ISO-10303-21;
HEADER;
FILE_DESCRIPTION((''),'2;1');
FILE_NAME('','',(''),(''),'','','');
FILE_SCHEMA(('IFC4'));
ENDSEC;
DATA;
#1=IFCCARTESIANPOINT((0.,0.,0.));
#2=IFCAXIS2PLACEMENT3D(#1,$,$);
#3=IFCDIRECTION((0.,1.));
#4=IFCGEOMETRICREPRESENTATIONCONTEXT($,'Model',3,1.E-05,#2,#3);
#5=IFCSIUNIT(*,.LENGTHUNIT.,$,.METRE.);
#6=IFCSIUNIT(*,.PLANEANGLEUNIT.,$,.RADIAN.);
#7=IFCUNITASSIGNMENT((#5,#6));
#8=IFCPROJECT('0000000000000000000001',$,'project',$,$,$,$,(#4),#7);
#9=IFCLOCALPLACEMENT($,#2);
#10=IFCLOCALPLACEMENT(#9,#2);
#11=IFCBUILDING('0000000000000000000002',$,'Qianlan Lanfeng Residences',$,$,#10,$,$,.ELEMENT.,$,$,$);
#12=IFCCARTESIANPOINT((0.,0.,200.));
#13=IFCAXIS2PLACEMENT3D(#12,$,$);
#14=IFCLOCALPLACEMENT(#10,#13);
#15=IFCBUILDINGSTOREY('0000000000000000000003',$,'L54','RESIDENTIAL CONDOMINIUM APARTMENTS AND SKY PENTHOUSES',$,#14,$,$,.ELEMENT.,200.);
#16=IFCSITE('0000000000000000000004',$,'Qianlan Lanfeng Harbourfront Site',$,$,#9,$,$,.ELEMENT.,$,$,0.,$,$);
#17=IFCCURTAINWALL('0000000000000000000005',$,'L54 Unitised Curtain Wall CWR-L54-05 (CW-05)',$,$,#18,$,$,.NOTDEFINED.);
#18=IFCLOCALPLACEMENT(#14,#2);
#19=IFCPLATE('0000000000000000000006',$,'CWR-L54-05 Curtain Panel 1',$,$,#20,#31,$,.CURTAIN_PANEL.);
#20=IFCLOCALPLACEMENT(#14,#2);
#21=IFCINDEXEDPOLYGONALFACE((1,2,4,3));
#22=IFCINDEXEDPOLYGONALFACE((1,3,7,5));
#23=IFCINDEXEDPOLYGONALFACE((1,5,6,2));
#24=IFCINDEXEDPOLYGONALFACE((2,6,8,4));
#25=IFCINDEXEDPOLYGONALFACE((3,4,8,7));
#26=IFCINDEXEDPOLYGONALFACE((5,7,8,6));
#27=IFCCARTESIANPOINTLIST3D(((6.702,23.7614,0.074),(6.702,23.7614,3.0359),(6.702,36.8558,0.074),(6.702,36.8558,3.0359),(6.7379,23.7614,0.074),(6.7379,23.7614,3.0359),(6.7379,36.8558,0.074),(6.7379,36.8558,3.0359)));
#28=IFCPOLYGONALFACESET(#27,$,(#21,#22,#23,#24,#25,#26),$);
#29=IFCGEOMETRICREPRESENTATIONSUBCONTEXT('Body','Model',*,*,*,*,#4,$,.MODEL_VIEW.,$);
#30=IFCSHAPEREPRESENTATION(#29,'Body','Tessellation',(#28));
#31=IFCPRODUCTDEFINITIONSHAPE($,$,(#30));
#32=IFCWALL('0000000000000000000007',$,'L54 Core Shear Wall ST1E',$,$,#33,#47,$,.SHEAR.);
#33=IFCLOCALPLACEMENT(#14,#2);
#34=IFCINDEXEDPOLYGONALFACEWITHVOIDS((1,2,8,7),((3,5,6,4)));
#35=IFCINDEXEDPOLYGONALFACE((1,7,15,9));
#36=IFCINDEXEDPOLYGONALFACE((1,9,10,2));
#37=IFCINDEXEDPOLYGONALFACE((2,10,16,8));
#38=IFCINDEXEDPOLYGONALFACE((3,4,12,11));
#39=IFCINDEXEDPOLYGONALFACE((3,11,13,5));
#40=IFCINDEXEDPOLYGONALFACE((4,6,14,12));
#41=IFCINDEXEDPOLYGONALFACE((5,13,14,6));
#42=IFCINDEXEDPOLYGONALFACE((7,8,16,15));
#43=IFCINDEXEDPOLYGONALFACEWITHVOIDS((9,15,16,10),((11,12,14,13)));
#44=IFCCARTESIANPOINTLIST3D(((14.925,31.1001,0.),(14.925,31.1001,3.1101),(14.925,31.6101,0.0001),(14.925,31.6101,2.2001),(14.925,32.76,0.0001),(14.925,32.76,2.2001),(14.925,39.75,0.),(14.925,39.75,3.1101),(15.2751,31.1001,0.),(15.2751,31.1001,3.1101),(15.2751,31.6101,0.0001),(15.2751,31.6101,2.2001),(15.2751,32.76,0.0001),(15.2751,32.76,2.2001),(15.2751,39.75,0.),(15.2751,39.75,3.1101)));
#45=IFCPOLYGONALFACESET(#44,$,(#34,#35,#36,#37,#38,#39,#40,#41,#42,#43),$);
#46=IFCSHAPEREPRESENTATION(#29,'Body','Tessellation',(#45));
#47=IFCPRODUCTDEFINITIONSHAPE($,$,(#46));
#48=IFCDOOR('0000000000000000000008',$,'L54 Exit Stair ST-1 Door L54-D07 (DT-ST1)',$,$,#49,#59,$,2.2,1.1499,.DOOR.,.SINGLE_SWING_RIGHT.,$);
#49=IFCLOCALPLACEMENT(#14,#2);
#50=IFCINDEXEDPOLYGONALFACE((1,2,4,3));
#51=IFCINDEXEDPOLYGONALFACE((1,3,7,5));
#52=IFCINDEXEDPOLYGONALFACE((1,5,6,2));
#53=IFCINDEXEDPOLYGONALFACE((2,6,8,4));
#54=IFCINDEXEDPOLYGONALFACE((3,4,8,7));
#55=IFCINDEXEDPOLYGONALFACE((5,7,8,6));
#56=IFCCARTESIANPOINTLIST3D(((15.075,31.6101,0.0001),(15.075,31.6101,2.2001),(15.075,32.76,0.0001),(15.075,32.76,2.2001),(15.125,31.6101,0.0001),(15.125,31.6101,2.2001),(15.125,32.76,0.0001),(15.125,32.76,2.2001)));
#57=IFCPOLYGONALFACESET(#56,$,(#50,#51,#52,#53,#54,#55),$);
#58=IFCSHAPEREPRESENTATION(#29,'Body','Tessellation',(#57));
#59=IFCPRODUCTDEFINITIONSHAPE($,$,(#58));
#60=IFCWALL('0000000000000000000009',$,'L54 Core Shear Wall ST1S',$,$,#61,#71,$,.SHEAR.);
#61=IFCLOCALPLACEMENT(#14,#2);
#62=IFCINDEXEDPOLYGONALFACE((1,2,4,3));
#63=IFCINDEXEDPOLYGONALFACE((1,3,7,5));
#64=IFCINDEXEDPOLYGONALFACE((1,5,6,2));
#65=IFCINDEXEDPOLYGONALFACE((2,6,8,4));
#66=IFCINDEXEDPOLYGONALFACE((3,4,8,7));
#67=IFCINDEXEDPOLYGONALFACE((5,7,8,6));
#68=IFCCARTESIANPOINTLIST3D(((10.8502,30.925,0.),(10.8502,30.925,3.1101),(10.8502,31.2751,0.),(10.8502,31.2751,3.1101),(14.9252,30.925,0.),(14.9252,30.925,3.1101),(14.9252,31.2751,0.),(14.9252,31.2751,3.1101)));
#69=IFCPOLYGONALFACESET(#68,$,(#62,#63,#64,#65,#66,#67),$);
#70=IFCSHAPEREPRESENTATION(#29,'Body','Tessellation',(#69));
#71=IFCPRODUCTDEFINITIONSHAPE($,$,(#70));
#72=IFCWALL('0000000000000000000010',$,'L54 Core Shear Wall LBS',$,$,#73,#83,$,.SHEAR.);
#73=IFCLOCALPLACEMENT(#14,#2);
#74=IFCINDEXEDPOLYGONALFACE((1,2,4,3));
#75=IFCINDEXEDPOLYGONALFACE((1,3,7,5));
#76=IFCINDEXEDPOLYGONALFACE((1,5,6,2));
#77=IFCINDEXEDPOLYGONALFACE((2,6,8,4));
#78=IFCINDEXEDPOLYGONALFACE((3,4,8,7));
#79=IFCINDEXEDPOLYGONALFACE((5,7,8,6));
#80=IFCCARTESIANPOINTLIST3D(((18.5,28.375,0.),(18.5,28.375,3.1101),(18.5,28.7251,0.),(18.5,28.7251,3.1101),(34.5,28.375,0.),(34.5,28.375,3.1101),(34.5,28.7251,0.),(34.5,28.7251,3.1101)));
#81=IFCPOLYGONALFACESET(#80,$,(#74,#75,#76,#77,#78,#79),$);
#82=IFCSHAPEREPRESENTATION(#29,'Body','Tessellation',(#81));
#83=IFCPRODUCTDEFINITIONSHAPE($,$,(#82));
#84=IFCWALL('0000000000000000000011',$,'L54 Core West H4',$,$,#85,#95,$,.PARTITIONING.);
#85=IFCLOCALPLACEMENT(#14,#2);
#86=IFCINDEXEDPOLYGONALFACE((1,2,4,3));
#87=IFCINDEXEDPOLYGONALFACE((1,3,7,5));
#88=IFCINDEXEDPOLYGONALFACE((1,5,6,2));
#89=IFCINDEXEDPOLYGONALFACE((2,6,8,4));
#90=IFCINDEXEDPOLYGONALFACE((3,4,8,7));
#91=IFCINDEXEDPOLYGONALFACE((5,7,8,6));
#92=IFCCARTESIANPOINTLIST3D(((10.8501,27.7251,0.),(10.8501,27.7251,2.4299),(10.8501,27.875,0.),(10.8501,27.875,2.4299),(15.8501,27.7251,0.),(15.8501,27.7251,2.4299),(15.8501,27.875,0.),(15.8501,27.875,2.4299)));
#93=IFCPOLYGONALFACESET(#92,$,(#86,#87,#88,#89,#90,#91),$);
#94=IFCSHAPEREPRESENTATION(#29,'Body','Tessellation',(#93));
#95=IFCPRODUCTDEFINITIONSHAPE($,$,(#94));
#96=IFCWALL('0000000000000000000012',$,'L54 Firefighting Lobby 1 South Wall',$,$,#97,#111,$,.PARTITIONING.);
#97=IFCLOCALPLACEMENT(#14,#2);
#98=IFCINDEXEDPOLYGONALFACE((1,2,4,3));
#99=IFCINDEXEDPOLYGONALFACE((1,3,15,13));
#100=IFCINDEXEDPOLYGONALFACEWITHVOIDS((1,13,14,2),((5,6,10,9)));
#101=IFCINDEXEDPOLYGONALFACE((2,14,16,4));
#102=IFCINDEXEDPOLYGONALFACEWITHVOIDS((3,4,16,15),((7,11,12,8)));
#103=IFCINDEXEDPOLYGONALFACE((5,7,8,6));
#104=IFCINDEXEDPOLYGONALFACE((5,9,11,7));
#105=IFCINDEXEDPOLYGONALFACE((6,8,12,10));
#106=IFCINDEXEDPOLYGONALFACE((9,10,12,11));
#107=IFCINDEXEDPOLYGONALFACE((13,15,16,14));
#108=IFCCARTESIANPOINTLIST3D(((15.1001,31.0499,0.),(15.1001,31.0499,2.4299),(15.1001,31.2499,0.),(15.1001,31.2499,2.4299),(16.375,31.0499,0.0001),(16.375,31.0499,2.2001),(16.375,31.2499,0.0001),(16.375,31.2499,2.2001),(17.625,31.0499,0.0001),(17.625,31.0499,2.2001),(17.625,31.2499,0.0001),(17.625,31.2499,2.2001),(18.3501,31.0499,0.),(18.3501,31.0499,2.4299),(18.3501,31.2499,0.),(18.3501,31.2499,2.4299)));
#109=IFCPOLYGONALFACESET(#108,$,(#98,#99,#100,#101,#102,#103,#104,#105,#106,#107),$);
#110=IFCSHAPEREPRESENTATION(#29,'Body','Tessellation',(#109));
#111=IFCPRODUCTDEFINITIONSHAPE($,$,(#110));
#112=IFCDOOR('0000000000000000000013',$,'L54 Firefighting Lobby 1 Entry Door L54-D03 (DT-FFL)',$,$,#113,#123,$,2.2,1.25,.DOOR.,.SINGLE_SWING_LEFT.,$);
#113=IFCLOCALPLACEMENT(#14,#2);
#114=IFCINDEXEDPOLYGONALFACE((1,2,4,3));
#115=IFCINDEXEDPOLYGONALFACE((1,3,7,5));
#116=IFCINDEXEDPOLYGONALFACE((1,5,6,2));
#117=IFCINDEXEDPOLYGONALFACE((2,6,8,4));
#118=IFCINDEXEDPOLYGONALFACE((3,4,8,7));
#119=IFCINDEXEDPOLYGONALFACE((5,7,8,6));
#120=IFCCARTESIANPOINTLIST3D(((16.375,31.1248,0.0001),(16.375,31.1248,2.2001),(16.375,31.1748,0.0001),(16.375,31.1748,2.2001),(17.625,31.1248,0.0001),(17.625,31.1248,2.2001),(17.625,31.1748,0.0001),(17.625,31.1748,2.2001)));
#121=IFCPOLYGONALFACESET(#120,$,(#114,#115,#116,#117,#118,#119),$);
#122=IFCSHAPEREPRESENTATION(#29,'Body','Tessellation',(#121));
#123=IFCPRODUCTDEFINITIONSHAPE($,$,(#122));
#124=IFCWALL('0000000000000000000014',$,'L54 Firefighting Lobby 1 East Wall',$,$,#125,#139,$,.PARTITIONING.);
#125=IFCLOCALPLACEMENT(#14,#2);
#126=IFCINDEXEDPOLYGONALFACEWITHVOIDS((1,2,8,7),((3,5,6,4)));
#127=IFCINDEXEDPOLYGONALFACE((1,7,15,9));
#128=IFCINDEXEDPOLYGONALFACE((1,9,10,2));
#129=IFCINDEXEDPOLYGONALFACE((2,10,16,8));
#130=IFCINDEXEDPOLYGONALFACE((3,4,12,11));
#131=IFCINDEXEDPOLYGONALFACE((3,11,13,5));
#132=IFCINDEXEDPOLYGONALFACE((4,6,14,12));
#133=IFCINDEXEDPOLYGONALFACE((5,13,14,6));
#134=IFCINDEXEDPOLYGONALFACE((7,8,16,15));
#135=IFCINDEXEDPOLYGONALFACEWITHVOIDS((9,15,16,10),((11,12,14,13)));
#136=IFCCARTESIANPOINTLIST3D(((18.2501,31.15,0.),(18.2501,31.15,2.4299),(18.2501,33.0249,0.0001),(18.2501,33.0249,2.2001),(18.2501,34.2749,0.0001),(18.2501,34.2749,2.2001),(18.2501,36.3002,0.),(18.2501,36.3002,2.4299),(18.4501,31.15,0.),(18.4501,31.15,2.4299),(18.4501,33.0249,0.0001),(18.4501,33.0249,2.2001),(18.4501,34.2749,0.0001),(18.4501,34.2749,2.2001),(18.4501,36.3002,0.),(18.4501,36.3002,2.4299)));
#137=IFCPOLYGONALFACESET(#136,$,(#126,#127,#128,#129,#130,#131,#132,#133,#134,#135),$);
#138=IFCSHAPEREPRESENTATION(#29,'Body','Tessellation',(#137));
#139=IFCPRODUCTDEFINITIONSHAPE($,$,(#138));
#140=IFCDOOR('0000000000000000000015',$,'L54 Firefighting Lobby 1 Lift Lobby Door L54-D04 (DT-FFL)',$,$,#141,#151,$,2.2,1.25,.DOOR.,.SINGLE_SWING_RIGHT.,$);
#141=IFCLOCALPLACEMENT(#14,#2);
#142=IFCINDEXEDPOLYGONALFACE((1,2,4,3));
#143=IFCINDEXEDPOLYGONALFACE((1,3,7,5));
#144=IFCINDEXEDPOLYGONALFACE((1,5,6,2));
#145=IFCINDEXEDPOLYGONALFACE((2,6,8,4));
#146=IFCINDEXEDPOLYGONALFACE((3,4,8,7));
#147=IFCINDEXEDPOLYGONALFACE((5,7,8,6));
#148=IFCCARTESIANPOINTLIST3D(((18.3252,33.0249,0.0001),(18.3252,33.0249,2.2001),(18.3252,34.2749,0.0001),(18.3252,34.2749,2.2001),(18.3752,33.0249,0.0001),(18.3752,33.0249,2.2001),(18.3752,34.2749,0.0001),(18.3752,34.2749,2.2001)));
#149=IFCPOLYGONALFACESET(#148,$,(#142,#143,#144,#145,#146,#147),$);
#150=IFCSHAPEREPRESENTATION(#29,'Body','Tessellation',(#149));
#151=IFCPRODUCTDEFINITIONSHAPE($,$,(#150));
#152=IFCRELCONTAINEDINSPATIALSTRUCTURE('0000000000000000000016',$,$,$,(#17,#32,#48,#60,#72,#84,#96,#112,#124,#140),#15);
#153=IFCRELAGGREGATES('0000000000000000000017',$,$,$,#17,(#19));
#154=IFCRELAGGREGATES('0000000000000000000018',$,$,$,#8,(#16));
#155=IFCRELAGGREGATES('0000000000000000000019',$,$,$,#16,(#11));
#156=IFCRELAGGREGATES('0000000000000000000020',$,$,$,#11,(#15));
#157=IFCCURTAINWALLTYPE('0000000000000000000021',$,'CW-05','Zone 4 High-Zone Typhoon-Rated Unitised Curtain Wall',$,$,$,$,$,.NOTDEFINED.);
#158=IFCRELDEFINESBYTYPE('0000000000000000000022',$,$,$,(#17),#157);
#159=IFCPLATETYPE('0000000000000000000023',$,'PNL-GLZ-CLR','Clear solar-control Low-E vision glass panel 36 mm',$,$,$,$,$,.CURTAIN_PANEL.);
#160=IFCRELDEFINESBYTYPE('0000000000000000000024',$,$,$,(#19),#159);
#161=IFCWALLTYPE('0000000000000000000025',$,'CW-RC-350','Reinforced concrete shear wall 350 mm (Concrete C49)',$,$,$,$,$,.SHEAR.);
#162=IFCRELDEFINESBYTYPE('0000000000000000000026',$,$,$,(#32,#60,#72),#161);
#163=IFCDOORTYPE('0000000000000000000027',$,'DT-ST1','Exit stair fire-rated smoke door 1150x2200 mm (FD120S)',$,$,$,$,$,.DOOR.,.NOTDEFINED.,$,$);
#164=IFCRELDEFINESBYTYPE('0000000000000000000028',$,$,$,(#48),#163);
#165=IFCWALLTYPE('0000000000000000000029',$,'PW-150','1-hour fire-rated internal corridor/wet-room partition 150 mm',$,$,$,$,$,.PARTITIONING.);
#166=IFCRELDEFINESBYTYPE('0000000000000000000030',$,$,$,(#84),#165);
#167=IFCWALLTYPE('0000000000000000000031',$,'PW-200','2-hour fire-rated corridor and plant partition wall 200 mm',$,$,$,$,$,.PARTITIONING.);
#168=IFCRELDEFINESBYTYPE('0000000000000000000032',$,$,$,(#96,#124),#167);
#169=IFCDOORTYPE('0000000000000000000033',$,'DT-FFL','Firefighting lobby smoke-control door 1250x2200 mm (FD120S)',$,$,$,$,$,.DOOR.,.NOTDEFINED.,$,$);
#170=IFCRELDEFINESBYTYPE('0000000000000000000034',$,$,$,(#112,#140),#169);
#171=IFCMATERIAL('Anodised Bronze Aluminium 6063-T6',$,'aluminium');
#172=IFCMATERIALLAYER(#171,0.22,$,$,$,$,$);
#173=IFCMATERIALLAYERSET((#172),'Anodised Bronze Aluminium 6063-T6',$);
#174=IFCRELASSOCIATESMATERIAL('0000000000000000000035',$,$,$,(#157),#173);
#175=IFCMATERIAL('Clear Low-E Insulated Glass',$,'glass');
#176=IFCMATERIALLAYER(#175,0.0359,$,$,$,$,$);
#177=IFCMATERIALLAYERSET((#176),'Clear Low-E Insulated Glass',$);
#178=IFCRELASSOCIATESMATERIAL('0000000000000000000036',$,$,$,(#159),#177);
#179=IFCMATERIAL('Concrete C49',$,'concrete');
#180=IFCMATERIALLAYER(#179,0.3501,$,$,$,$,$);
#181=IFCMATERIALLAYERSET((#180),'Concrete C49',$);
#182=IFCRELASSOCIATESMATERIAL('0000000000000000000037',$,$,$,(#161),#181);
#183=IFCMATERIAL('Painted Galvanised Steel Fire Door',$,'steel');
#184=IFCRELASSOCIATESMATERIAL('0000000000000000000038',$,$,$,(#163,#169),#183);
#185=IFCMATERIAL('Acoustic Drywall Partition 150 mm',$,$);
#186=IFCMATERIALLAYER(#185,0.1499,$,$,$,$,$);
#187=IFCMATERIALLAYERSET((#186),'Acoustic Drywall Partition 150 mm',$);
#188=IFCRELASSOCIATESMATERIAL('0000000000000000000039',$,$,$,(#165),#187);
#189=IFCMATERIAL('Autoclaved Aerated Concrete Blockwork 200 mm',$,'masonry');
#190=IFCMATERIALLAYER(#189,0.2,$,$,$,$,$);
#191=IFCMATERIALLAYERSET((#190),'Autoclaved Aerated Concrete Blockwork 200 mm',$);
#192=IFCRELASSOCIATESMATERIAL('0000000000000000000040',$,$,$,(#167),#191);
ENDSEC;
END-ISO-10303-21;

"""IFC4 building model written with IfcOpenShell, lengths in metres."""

from ifc_helpers import new_model, si_unit, direction, frame, frame_2d, origin, origin_2d, place, context, subcontext, project, spatial, rectangle, extrude, source, transform, mapped, material, layer, layer_set, type_object, element, fill, aggregate, save


model = new_model("IFC4")

# Units and contexts
model_context = context("Model", 3, precision=1e-05, world=origin(), true_north=direction((0.0, 1.0)))
body_context = subcontext(model_context, "Body", "Model", "MODEL_VIEW")
ifc_project = project(units=[si_unit("LENGTHUNIT", "METRE"), si_unit("PLANEANGLEUNIT", "RADIAN")], contexts=[model_context])

# Site, building, storey
site_placement = place(None, origin())
site = spatial("IfcSite", under=ifc_project, at=site_placement, Name="Qianlan Lanfeng Harbourfront Site", CompositionType="ELEMENT", RefElevation=0.0)
building_placement = place(site_placement, origin())
building = spatial("IfcBuilding", under=site, at=building_placement, Name="Qianlan Lanfeng Residences", CompositionType="ELEMENT")
storey_placement = place(building_placement, frame((0.0, 0.0, 200.0)))
storey = spatial("IfcBuildingStorey", under=building, at=storey_placement, Name="L54", Description="RESIDENTIAL CONDOMINIUM APARTMENTS AND SKY PENTHOUSES", CompositionType="ELEMENT", Elevation=200.0)

# Curtain wall, plate
ifc_material_1 = material(Name="Anodised Bronze Aluminium 6063-T6", Category="aluminium")
ifc_layer_1 = layer(ifc_material_1, 0.22)
ifc_layer_set_1 = layer_set([ifc_layer_1], Name="Anodised Bronze Aluminium 6063-T6")
curtain_wall_type = type_object("IfcCurtainWallType", Name="CW-05", Description="Zone 4 High-Zone Typhoon-Rated Unitised Curtain Wall", PredefinedType="NOTDEFINED", material=ifc_layer_set_1)
curtain_wall_placement = place(storey_placement, origin())
curtain_wall = element("IfcCurtainWall", 1, at=curtain_wall_placement, inside=storey, type_object=curtain_wall_type, Name="L54 Unitised Curtain Wall CWR-L54-05 (CW-05)", PredefinedType="NOTDEFINED")
ifc_material_2 = material(Name="Clear Low-E Insulated Glass", Category="glass")
ifc_layer_2 = layer(ifc_material_2, 0.0359)
ifc_layer_set_2 = layer_set([ifc_layer_2], Name="Clear Low-E Insulated Glass")
plate_type = type_object("IfcPlateType", Name="PNL-GLZ-CLR", Description="Clear solar-control Low-E vision glass panel 36 mm", PredefinedType="CURTAIN_PANEL", material=ifc_layer_set_2)
shared_shape_1 = source(origin(), body_context, "Body", "SweptSolid", [
    extrude(rectangle(XDim=13.0945, YDim=0.0359, at=origin_2d()), origin(), (0.0, 0.0, 1.0), 2.9619),
])
plate_placement = place(storey_placement, frame((6.72, 30.3086, 0.074), z_axis=(0.0, 0.0, 1.0), x_axis=(0.0, -1.0, 0.0)))
plate = element("IfcPlate", 2, at=plate_placement, type_object=plate_type, Name="CWR-L54-05 Curtain Panel 1", PredefinedType="CURTAIN_PANEL", context=body_context, shape_type="MappedRepresentation", body=[
    mapped(shared_shape_1, transform((0.0, 0.0, 0.0), scale=1.0)),
])
aggregate(curtain_wall, [plate])

# Wall, opening, door
ifc_material_3 = material(Name="Concrete C49", Category="concrete")
ifc_layer_3 = layer(ifc_material_3, 0.3501)
ifc_layer_set_3 = layer_set([ifc_layer_3], Name="Concrete C49")
wall_type_1 = type_object("IfcWallType", Name="CW-RC-350", Description="Reinforced concrete shear wall 350 mm (Concrete C49)", PredefinedType="SHEAR", material=ifc_layer_set_3)
wall_1_placement = place(storey_placement, frame((15.1001, 31.1001, 0.0), z_axis=(0.0, 0.0, 1.0), x_axis=(0.0, 1.0, 0.0)))
wall_1 = element("IfcWall", 3, at=wall_1_placement, inside=storey, type_object=wall_type_1, Name="L54 Core Shear Wall ST1E", PredefinedType="SHEAR", context=body_context, shape_type="SweptSolid", body=[
    extrude(rectangle(XDim=8.6499, YDim=0.3501, at=frame_2d((4.325, 0.0))), origin(), (0.0, 0.0, 1.0), 3.1101),
])
opening_1_placement = place(wall_1_placement, frame((0.51, 0.0, 0.0)))
opening_1 = element("IfcOpeningElement", 4, at=opening_1_placement, cuts=wall_1, PredefinedType="OPENING", context=body_context, shape_type="SweptSolid", body=[
    extrude(rectangle(XDim=1.1499, YDim=2.2, at=frame_2d((0.575, 1.1001))), frame((0.0, 0.1851, 0.0), z_axis=(0.0, -1.0, 0.0), x_axis=(1.0, 0.0, 0.0)), (0.0, 0.0, 1.0), 0.3701),
])
ifc_material_4 = material(Name="Painted Galvanised Steel Fire Door", Category="steel")
door_type_1 = type_object("IfcDoorType", Name="DT-ST1", Description="Exit stair fire-rated smoke door 1150x2200 mm (FD120S)", OperationType="NOTDEFINED", PredefinedType="DOOR", material=ifc_material_4)
door_1_placement = place(opening_1_placement, frame((1.1499, 0.0, 0.0), z_axis=(0.0, 0.0, 1.0), x_axis=(-1.0, 0.0, 0.0)))
door_1 = element("IfcDoor", 5, at=door_1_placement, inside=storey, type_object=door_type_1, Name="L54 Exit Stair ST-1 Door L54-D07 (DT-ST1)", OperationType="SINGLE_SWING_RIGHT", OverallHeight=2.2, OverallWidth=1.1499, PredefinedType="DOOR", context=body_context, shape_type="SweptSolid", body=[
    extrude(rectangle(XDim=1.1499, YDim=2.2, at=frame_2d((0.575, 1.1001))), frame((0.0, 0.0249, 0.0), z_axis=(0.0, -1.0, 0.0), x_axis=(1.0, 0.0, 0.0)), (0.0, 0.0, 1.0), 0.05),
])
fill(opening_1, door_1)

# Walls
wall_2_placement = place(storey_placement, frame((10.8501, 31.1001, 0.0), z_axis=(0.0, 0.0, 1.0), x_axis=(1.0, 0.0, 0.0)))
element("IfcWall", 6, at=wall_2_placement, inside=storey, type_object=wall_type_1, Name="L54 Core Shear Wall ST1S", PredefinedType="SHEAR", context=body_context, shape_type="SweptSolid", body=[
    extrude(rectangle(XDim=4.075, YDim=0.3501, at=frame_2d((2.0376, 0.0))), origin(), (0.0, 0.0, 1.0), 3.1101),
])
wall_3_placement = place(storey_placement, frame((18.5, 28.55, 0.0), z_axis=(0.0, 0.0, 1.0), x_axis=(1.0, 0.0, 0.0)))
element("IfcWall", 7, at=wall_3_placement, inside=storey, type_object=wall_type_1, Name="L54 Core Shear Wall LBS", PredefinedType="SHEAR", context=body_context, shape_type="SweptSolid", body=[
    extrude(rectangle(XDim=16.0, YDim=0.3501, at=frame_2d((8.0, 0.0))), origin(), (0.0, 0.0, 1.0), 3.1101),
])
ifc_material_5 = material(Name="Acoustic Drywall Partition 150 mm")
ifc_layer_4 = layer(ifc_material_5, 0.1499)
ifc_layer_set_4 = layer_set([ifc_layer_4], Name="Acoustic Drywall Partition 150 mm")
wall_type_2 = type_object("IfcWallType", Name="PW-150", Description="1-hour fire-rated internal corridor/wet-room partition 150 mm", PredefinedType="PARTITIONING", material=ifc_layer_set_4)
wall_4_placement = place(storey_placement, frame((10.8501, 27.8, 0.0), z_axis=(0.0, 0.0, 1.0), x_axis=(1.0, 0.0, 0.0)))
element("IfcWall", 8, at=wall_4_placement, inside=storey, type_object=wall_type_2, Name="L54 Core West H4", PredefinedType="PARTITIONING", context=body_context, shape_type="SweptSolid", body=[
    extrude(rectangle(XDim=5.0, YDim=0.1499, at=frame_2d((2.5, 0.0))), origin(), (0.0, 0.0, 1.0), 2.4299),
])

# Walls, openings, doors
ifc_material_6 = material(Name="Autoclaved Aerated Concrete Blockwork 200 mm", Category="masonry")
ifc_layer_5 = layer(ifc_material_6, 0.2)
ifc_layer_set_5 = layer_set([ifc_layer_5], Name="Autoclaved Aerated Concrete Blockwork 200 mm")
wall_type_3 = type_object("IfcWallType", Name="PW-200", Description="2-hour fire-rated corridor and plant partition wall 200 mm", PredefinedType="PARTITIONING", material=ifc_layer_set_5)
wall_5_placement = place(storey_placement, frame((15.1001, 31.1499, 0.0), z_axis=(0.0, 0.0, 1.0), x_axis=(1.0, 0.0, 0.0)))
wall_5 = element("IfcWall", 9, at=wall_5_placement, inside=storey, type_object=wall_type_3, Name="L54 Firefighting Lobby 1 South Wall", PredefinedType="PARTITIONING", context=body_context, shape_type="SweptSolid", body=[
    extrude(rectangle(XDim=3.25, YDim=0.2, at=frame_2d((1.625, 0.0))), origin(), (0.0, 0.0, 1.0), 2.4299),
])
opening_2_placement = place(wall_5_placement, frame((1.2749, 0.0, 0.0)))
opening_2 = element("IfcOpeningElement", 10, at=opening_2_placement, cuts=wall_5, PredefinedType="OPENING", context=body_context, shape_type="SweptSolid", body=[
    extrude(rectangle(XDim=1.25, YDim=2.2, at=frame_2d((0.625, 1.1001))), frame((0.0, 0.1099, 0.0), z_axis=(0.0, -1.0, 0.0), x_axis=(1.0, 0.0, 0.0)), (0.0, 0.0, 1.0), 0.22),
])
door_type_2 = type_object("IfcDoorType", Name="DT-FFL", Description="Firefighting lobby smoke-control door 1250x2200 mm (FD120S)", OperationType="NOTDEFINED", PredefinedType="DOOR", material=ifc_material_4)
door_2_placement = place(opening_2_placement, origin())
door_2 = element("IfcDoor", 11, at=door_2_placement, inside=storey, type_object=door_type_2, Name="L54 Firefighting Lobby 1 Entry Door L54-D03 (DT-FFL)", OperationType="SINGLE_SWING_LEFT", OverallHeight=2.2, OverallWidth=1.25, PredefinedType="DOOR", context=body_context, shape_type="SweptSolid", body=[
    extrude(rectangle(XDim=1.25, YDim=2.2, at=frame_2d((0.625, 1.1001))), frame((0.0, 0.0249, 0.0), z_axis=(0.0, -1.0, 0.0), x_axis=(1.0, 0.0, 0.0)), (0.0, 0.0, 1.0), 0.05),
])
fill(opening_2, door_2)
wall_6_placement = place(storey_placement, frame((18.3501, 31.1499, 0.0), z_axis=(0.0, 0.0, 1.0), x_axis=(0.0, 1.0, 0.0)))
wall_6 = element("IfcWall", 12, at=wall_6_placement, inside=storey, type_object=wall_type_3, Name="L54 Firefighting Lobby 1 East Wall", PredefinedType="PARTITIONING", context=body_context, shape_type="SweptSolid", body=[
    extrude(rectangle(XDim=5.1501, YDim=0.2, at=frame_2d((2.5752, 0.0))), origin(), (0.0, 0.0, 1.0), 2.4299),
])
opening_3_placement = place(wall_6_placement, frame((1.875, 0.0, 0.0)))
opening_3 = element("IfcOpeningElement", 13, at=opening_3_placement, cuts=wall_6, PredefinedType="OPENING", context=body_context, shape_type="SweptSolid", body=[
    extrude(rectangle(XDim=1.25, YDim=2.2, at=frame_2d((0.625, 1.1001))), frame((0.0, 0.1099, 0.0), z_axis=(0.0, -1.0, 0.0), x_axis=(1.0, 0.0, 0.0)), (0.0, 0.0, 1.0), 0.22),
])
door_3_placement = place(opening_3_placement, origin())
door_3 = element("IfcDoor", 14, at=door_3_placement, inside=storey, type_object=door_type_2, Name="L54 Firefighting Lobby 1 Lift Lobby Door L54-D04 (DT-FFL)", OperationType="SINGLE_SWING_RIGHT", OverallHeight=2.2, OverallWidth=1.25, PredefinedType="DOOR", context=body_context, shape_type="SweptSolid", body=[
    extrude(rectangle(XDim=1.25, YDim=2.2, at=frame_2d((0.625, 1.1001))), frame((0.0, 0.0249, 0.0), z_axis=(0.0, -1.0, 0.0), x_axis=(1.0, 0.0, 0.0)), (0.0, 0.0, 1.0), 0.05),
])
fill(opening_3, door_3)

save(model, "model.ifc")
